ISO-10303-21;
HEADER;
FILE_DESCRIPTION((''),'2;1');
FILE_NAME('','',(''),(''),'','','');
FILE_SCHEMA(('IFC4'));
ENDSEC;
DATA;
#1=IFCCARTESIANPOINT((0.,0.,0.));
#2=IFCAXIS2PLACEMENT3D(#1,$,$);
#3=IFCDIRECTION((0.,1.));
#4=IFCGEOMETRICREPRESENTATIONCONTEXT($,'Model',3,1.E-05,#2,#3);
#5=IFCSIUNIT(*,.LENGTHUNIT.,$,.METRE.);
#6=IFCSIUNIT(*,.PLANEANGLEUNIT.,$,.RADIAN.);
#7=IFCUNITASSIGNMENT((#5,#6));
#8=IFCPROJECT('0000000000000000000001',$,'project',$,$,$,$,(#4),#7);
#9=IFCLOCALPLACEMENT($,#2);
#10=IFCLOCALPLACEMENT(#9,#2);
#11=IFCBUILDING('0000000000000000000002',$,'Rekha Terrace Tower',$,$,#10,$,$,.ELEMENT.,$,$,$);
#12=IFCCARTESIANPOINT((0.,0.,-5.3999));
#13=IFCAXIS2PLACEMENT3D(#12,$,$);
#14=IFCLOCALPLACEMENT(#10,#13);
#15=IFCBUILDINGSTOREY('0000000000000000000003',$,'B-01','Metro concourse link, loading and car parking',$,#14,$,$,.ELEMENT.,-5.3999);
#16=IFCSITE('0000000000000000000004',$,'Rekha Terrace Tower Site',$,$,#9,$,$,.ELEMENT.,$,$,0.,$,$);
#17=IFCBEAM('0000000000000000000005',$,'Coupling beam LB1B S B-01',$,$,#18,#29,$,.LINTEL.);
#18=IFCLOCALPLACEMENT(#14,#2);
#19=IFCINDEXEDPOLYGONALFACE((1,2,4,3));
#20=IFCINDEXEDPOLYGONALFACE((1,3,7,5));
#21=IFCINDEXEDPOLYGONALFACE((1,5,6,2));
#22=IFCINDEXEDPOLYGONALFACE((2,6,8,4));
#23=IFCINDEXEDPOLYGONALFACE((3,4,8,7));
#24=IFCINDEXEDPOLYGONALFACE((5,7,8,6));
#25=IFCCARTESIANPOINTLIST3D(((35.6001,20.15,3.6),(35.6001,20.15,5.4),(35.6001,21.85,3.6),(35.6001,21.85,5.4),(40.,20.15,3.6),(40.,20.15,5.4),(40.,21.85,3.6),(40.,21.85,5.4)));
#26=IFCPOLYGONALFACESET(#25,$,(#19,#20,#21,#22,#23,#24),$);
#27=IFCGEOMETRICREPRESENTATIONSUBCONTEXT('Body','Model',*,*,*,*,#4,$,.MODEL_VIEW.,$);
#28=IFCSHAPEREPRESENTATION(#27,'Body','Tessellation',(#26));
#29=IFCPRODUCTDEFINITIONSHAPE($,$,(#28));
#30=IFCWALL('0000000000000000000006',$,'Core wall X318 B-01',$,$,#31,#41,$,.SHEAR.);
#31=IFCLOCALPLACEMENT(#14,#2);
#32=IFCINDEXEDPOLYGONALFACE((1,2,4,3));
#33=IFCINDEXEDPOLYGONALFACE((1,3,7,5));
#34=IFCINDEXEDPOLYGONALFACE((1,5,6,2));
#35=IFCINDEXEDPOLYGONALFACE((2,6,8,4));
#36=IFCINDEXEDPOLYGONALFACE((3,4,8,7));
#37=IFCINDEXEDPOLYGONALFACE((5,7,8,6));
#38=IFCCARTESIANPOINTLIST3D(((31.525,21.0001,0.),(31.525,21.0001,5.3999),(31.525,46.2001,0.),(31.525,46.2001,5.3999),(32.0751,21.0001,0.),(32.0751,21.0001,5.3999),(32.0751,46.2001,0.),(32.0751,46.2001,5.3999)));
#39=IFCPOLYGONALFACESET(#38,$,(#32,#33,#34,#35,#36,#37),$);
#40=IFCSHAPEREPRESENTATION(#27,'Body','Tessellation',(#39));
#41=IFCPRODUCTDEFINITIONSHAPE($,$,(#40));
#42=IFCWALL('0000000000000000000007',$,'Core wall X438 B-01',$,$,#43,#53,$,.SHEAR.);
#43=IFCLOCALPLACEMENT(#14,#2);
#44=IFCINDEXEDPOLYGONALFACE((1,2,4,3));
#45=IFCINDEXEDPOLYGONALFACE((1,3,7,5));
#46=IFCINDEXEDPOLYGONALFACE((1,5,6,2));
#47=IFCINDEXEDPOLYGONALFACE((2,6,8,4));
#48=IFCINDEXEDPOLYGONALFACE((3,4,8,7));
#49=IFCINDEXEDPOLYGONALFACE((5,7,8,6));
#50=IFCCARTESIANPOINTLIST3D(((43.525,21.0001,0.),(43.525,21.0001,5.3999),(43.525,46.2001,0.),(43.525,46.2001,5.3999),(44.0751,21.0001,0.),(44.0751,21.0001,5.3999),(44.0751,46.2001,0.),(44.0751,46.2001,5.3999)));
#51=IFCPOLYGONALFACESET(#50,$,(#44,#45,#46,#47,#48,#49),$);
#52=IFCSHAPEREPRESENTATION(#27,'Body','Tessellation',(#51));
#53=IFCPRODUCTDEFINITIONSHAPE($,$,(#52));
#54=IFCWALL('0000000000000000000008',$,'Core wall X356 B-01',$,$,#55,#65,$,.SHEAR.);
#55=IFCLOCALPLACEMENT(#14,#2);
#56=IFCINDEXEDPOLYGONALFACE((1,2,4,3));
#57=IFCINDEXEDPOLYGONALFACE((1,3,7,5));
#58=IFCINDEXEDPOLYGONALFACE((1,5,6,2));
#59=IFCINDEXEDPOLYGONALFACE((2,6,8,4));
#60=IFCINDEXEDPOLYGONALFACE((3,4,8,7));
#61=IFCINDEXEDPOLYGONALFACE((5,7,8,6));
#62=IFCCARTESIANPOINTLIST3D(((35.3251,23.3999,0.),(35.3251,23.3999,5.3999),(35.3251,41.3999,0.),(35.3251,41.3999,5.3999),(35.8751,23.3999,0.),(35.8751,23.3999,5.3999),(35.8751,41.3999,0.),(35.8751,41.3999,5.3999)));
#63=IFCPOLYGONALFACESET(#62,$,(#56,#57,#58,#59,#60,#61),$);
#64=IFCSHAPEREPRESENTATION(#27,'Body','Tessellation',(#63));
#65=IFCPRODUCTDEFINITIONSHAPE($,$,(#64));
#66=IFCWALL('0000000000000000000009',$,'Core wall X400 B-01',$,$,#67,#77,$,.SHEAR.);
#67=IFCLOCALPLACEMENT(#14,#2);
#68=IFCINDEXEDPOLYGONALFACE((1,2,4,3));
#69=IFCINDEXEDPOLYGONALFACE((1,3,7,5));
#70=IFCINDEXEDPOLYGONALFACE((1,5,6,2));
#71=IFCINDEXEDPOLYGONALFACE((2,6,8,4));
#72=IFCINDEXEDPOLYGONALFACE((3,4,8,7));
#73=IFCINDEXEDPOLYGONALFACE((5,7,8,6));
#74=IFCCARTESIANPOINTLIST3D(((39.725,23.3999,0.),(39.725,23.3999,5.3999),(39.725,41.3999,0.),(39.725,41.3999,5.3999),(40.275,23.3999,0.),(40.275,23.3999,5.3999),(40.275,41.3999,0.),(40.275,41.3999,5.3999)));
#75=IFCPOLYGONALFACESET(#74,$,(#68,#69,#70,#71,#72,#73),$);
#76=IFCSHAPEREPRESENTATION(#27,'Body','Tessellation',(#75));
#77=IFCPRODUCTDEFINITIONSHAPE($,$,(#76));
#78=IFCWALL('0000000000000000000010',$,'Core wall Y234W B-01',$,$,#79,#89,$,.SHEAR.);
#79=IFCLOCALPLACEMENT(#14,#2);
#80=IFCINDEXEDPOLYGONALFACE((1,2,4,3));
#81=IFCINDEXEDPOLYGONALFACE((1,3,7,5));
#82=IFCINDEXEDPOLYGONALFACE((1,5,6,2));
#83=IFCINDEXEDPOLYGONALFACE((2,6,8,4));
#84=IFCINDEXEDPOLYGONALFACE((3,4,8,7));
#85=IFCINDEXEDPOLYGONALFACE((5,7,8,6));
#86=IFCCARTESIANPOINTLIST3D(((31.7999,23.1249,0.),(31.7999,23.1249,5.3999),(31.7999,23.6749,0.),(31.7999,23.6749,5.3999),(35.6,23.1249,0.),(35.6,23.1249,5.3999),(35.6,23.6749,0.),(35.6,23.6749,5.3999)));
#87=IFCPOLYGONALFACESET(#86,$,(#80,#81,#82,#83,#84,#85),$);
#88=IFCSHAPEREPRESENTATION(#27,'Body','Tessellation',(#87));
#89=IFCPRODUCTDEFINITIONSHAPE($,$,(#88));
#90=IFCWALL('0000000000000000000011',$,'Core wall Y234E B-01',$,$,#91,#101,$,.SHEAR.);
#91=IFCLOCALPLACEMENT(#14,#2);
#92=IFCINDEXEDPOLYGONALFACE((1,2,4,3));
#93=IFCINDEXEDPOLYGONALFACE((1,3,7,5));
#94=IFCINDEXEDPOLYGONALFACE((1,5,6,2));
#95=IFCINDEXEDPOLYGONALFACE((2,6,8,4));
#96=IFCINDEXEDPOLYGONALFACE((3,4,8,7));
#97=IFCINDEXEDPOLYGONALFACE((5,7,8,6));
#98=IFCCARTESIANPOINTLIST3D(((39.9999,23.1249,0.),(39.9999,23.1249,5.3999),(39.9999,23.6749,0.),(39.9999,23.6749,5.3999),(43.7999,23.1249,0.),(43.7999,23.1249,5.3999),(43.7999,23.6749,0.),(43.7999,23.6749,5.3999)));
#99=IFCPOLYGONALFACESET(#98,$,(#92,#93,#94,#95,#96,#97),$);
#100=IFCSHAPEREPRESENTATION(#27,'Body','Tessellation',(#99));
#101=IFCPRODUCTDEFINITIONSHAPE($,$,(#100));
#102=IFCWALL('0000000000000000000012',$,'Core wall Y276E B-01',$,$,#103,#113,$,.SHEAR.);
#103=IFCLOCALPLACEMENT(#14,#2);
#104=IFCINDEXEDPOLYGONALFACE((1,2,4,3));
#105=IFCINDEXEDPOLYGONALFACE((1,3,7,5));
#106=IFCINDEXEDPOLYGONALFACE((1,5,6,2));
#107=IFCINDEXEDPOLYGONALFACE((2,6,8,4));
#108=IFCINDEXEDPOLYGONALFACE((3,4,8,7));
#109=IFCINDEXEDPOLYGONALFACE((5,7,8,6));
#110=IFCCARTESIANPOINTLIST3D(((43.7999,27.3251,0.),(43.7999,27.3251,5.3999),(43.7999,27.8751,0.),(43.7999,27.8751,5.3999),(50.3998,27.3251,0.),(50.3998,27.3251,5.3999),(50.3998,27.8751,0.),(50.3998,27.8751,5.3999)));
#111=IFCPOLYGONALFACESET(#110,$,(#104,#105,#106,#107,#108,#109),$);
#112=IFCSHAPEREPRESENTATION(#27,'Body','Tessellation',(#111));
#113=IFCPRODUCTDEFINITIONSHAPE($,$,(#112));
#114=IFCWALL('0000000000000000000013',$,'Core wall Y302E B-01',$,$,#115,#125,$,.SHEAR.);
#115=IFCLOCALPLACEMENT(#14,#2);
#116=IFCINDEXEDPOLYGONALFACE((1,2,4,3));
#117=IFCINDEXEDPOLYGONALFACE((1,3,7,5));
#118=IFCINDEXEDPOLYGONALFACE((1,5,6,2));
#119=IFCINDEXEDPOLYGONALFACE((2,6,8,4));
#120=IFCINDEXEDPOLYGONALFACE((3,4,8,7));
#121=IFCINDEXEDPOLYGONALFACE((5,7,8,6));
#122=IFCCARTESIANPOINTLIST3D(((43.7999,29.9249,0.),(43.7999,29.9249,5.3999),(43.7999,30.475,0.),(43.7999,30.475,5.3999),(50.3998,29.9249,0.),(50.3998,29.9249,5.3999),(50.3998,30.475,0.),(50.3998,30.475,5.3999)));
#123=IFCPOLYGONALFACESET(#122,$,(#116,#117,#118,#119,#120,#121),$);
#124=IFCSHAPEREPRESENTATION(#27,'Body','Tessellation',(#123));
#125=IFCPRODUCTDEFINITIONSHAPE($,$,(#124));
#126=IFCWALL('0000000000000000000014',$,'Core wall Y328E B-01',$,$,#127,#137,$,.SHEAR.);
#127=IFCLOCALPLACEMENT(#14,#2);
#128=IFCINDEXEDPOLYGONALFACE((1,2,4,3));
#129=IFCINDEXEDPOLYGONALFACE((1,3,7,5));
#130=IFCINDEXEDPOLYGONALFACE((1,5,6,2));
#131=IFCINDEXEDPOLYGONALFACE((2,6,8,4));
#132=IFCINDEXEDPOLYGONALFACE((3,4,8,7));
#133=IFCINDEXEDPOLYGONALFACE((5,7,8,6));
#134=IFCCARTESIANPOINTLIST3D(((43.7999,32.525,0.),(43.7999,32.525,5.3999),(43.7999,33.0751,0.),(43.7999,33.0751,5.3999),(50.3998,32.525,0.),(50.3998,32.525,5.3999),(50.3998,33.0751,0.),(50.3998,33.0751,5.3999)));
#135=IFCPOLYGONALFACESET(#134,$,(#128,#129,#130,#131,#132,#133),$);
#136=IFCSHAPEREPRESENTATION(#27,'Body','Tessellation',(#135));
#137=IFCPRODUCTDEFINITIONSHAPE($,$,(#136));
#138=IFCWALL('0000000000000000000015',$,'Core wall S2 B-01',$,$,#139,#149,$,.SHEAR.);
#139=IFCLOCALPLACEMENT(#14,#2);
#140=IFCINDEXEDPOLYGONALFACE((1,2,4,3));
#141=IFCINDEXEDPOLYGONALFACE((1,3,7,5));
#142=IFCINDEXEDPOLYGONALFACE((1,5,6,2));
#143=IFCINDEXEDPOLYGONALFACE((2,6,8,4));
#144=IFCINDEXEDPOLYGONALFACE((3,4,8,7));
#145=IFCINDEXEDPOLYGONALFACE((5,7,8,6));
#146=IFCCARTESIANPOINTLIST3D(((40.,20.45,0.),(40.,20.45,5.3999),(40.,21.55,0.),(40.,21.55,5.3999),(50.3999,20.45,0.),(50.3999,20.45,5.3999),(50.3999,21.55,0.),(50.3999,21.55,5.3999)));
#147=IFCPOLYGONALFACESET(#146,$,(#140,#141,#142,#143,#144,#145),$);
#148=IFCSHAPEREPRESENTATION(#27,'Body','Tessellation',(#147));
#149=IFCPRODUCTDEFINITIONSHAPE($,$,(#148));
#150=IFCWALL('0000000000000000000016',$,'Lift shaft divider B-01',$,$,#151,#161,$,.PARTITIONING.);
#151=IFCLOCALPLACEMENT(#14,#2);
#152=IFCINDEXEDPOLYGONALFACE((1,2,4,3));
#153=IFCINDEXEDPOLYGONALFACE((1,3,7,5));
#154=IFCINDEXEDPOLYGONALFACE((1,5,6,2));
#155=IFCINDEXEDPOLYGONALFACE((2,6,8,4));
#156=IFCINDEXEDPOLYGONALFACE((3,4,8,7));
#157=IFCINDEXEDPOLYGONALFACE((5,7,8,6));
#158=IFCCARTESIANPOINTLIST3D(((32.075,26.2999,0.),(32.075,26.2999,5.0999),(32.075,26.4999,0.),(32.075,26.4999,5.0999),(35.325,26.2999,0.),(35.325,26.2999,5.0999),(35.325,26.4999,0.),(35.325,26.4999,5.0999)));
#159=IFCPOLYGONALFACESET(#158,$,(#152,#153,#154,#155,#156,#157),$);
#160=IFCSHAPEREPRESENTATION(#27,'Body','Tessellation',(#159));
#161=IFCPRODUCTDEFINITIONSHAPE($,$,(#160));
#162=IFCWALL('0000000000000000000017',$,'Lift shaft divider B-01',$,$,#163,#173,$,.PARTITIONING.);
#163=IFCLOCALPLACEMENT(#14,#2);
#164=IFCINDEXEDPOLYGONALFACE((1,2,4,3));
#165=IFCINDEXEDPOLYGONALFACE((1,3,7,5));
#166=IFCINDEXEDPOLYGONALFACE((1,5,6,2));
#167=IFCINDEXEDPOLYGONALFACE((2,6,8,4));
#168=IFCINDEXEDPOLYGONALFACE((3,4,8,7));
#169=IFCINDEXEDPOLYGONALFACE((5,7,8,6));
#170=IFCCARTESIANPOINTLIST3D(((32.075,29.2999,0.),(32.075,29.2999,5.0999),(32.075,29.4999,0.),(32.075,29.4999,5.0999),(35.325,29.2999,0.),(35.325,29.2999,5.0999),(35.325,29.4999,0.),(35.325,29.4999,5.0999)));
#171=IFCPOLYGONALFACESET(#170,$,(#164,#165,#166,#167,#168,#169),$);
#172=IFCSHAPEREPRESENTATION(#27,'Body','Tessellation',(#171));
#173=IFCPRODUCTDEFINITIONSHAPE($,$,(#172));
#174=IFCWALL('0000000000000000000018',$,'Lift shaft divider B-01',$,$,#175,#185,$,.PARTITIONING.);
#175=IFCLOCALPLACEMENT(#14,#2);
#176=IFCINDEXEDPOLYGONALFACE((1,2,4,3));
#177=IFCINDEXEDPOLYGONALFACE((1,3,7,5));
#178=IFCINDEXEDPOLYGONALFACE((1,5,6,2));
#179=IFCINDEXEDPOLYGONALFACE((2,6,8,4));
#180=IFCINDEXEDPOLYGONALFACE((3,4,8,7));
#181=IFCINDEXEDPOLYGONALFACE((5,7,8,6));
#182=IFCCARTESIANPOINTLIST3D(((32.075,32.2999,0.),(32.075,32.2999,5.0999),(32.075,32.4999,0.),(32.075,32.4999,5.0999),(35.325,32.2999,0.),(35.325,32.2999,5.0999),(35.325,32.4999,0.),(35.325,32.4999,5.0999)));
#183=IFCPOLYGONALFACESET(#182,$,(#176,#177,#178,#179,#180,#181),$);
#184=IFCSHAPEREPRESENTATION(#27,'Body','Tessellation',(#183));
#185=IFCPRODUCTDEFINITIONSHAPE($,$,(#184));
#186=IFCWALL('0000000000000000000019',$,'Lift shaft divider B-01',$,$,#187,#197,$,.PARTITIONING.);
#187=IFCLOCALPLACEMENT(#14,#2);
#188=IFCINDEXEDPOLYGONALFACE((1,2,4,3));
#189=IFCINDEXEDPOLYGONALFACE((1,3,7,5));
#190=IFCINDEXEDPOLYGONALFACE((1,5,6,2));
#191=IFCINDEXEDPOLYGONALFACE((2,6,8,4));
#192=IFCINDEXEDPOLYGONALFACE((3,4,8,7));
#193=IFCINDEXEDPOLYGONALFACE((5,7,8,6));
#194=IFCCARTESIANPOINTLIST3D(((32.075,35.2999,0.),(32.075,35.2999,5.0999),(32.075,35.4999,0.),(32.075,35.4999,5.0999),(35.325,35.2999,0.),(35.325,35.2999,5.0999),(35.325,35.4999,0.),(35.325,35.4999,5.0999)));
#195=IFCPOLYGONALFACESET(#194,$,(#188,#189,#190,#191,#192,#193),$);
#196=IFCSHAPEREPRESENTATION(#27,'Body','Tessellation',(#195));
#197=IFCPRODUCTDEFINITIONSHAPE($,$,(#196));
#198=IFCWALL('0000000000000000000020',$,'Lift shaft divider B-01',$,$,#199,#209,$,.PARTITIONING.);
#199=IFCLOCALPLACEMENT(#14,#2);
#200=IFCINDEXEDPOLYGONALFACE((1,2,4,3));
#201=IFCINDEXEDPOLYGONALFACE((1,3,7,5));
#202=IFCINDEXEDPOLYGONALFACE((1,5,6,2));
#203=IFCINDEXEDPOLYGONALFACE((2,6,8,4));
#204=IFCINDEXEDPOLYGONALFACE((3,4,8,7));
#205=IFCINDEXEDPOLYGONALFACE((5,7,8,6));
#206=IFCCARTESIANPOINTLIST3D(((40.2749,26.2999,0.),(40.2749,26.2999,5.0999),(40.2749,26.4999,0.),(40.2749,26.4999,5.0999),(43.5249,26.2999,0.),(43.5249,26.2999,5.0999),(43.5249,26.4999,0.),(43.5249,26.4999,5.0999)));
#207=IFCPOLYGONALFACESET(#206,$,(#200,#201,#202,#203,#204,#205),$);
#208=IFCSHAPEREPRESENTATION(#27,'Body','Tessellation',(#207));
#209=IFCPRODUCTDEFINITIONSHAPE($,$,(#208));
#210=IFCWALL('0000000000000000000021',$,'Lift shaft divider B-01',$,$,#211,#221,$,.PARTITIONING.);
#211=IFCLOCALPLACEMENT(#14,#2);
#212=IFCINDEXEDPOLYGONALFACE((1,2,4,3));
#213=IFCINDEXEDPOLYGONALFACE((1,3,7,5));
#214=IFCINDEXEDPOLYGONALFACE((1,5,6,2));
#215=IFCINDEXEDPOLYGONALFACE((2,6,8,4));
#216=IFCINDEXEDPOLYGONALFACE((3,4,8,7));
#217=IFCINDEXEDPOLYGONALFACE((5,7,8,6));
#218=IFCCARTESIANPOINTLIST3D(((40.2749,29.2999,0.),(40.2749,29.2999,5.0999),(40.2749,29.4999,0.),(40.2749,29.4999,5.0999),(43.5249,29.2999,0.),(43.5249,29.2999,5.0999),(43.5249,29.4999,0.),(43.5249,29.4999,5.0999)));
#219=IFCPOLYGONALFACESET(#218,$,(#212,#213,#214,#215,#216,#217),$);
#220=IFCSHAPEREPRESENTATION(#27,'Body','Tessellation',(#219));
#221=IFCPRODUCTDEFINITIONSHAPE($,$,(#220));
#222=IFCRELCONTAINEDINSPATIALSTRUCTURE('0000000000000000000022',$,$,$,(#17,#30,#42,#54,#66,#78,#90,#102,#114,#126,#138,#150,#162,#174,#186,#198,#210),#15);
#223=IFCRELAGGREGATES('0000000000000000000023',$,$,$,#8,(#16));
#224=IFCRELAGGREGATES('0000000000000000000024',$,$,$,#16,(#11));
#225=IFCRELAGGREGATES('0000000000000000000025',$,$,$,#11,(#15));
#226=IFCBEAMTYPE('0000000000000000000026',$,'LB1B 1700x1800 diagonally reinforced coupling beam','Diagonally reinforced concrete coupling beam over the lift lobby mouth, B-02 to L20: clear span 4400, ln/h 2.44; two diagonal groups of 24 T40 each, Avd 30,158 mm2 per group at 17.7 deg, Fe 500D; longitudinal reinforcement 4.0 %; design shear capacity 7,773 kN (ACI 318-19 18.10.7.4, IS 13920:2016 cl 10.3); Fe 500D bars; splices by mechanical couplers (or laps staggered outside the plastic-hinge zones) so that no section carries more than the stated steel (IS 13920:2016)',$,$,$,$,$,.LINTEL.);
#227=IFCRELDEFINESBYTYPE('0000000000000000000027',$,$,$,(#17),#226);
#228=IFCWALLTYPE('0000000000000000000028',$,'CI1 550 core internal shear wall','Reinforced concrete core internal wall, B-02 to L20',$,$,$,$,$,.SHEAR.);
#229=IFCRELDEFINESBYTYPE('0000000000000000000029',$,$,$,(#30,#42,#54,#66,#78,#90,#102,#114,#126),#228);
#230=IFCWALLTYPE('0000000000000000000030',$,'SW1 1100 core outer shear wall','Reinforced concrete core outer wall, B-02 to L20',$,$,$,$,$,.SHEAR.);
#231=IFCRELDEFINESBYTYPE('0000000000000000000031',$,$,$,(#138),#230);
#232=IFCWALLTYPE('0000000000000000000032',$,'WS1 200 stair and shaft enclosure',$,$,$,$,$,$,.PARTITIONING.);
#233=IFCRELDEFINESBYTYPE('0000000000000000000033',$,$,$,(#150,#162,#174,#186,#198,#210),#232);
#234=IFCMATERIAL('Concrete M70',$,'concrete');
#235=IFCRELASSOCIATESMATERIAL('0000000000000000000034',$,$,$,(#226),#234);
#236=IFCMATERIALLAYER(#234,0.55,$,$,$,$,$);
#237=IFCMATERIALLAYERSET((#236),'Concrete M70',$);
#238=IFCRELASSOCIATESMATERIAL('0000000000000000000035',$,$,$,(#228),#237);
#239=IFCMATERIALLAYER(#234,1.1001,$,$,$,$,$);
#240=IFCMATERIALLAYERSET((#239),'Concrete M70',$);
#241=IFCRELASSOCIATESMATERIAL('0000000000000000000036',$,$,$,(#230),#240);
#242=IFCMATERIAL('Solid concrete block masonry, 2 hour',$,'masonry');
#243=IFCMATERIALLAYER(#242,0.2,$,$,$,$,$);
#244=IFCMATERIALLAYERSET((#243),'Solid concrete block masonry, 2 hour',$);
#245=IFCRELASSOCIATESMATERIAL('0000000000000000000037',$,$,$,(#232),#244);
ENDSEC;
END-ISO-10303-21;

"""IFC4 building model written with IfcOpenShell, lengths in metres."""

from ifc_helpers import new_model, si_unit, direction, frame, frame_2d, origin, origin_2d, place, context, subcontext, project, spatial, rectangle, extrude, material, layer, layer_set, material_profile, profile_set, type_object, element, save


model = new_model("IFC4")

# Units and contexts
model_context = context("Model", 3, precision=1e-05, world=origin(), true_north=direction((0.0, 1.0)))
body_context = subcontext(model_context, "Body", "Model", "MODEL_VIEW")
ifc_project = project(units=[si_unit("LENGTHUNIT", "METRE"), si_unit("PLANEANGLEUNIT", "RADIAN")], contexts=[model_context])

# Site, building, storey
site_placement = place(None, origin())
site = spatial("IfcSite", under=ifc_project, at=site_placement, Name="Rekha Terrace Tower Site", CompositionType="ELEMENT", RefElevation=0.0)
building_placement = place(site_placement, origin())
building = spatial("IfcBuilding", under=site, at=building_placement, Name="Rekha Terrace Tower", CompositionType="ELEMENT")
storey_placement = place(building_placement, frame((0.0, 0.0, -5.3999)))
storey = spatial("IfcBuildingStorey", under=building, at=storey_placement, Name="B-01", Description="Metro concourse link, loading and car parking", CompositionType="ELEMENT", Elevation=-5.3999)

# Beam
ifc_material_1 = material(Name="Concrete M70", Category="concrete")
ifc_material_profile = material_profile(ifc_material_1, rectangle(XDim=1.7, YDim=1.8, at=origin_2d()), Name="RC 1700x1800")
ifc_profile_set = profile_set([ifc_material_profile], Name="Concrete M70")
beam_type = type_object("IfcBeamType", Name="LB1B 1700x1800 diagonally reinforced coupling beam", Description="Diagonally reinforced concrete coupling beam over the lift lobby mouth, B-02 to L20: clear span 4400, ln/h 2.44; two diagonal groups of 24 T40 each, Avd 30,158 mm2 per group at 17.7 deg, Fe 500D; longitudinal reinforcement 4.0 %; design shear capacity 7,773 kN (ACI 318-19 18.10.7.4, IS 13920:2016 cl 10.3); Fe 500D bars; splices by mechanical couplers (or laps staggered outside the plastic-hinge zones) so that no section carries more than the stated steel (IS 13920:2016)", PredefinedType="LINTEL", material=ifc_profile_set)
beam_placement = place(storey_placement, frame((35.6001, 21.0, 4.5), z_axis=(1.0, 0.0, 0.0), x_axis=(0.0, 1.0, 0.0)))
element("IfcBeam", 1, at=beam_placement, inside=storey, type_object=beam_type, Name="Coupling beam LB1B S B-01", PredefinedType="LINTEL", context=body_context, shape_type="SweptSolid", body=[
    extrude(rectangle(XDim=1.7, YDim=1.8, at=origin_2d()), origin(), (0.0, 0.0, 1.0), 4.3999),
])

# Walls
ifc_layer_1 = layer(ifc_material_1, 0.55)
ifc_layer_set_1 = layer_set([ifc_layer_1], Name="Concrete M70")
wall_type_1 = type_object("IfcWallType", Name="CI1 550 core internal shear wall", Description="Reinforced concrete core internal wall, B-02 to L20", PredefinedType="SHEAR", material=ifc_layer_set_1)
for number, where, z_axis, x_axis, name in (
    (2, (31.8, 21.0, 0.0), (0.0, 0.0, 1.0), (0.0, 1.0, 0.0), "Core wall X318 B-01"),
    (3, (43.8, 21.0, 0.0), (0.0, 0.0, 1.0), (0.0, 1.0, 0.0), "Core wall X438 B-01"),
):
    element("IfcWall", number, at=place(storey_placement, frame(where, z_axis=z_axis, x_axis=x_axis)), inside=storey, type_object=wall_type_1, Name=name, PredefinedType="SHEAR", context=body_context, shape_type="SweptSolid", body=[
        extrude(rectangle(XDim=25.2, YDim=0.55, at=frame_2d((12.6001, 0.0))), origin(), (0.0, 0.0, 1.0), 5.3999),
    ])
for number, where, z_axis, x_axis, name in (
    (4, (35.6001, 23.3999, 0.0), (0.0, 0.0, 1.0), (0.0, 1.0, 0.0), "Core wall X356 B-01"),
    (5, (40.0, 23.3999, 0.0), (0.0, 0.0, 1.0), (0.0, 1.0, 0.0), "Core wall X400 B-01"),
):
    element("IfcWall", number, at=place(storey_placement, frame(where, z_axis=z_axis, x_axis=x_axis)), inside=storey, type_object=wall_type_1, Name=name, PredefinedType="SHEAR", context=body_context, shape_type="SweptSolid", body=[
        extrude(rectangle(XDim=18.0, YDim=0.55, at=frame_2d((9.0, 0.0))), origin(), (0.0, 0.0, 1.0), 5.3999),
    ])
for number, where, z_axis, x_axis, name in (
    (6, (31.8, 23.3999, 0.0), (0.0, 0.0, 1.0), (1.0, 0.0, 0.0), "Core wall Y234W B-01"),
    (7, (40.0, 23.3999, 0.0), (0.0, 0.0, 1.0), (1.0, 0.0, 0.0), "Core wall Y234E B-01"),
):
    element("IfcWall", number, at=place(storey_placement, frame(where, z_axis=z_axis, x_axis=x_axis)), inside=storey, type_object=wall_type_1, Name=name, PredefinedType="SHEAR", context=body_context, shape_type="SweptSolid", body=[
        extrude(rectangle(XDim=3.8, YDim=0.55, at=frame_2d((1.8999, 0.0))), origin(), (0.0, 0.0, 1.0), 5.3999),
    ])
for number, where, z_axis, x_axis, name in (
    (8, (43.8, 27.6001, 0.0), (0.0, 0.0, 1.0), (1.0, 0.0, 0.0), "Core wall Y276E B-01"),
    (9, (43.8, 30.2, 0.0), (0.0, 0.0, 1.0), (1.0, 0.0, 0.0), "Core wall Y302E B-01"),
    (10, (43.8, 32.8, 0.0), (0.0, 0.0, 1.0), (1.0, 0.0, 0.0), "Core wall Y328E B-01"),
):
    element("IfcWall", number, at=place(storey_placement, frame(where, z_axis=z_axis, x_axis=x_axis)), inside=storey, type_object=wall_type_1, Name=name, PredefinedType="SHEAR", context=body_context, shape_type="SweptSolid", body=[
        extrude(rectangle(XDim=6.5999, YDim=0.55, at=frame_2d((3.2998, 0.0))), origin(), (0.0, 0.0, 1.0), 5.3999),
    ])
ifc_layer_2 = layer(ifc_material_1, 1.1001)
ifc_layer_set_2 = layer_set([ifc_layer_2], Name="Concrete M70")
wall_type_2 = type_object("IfcWallType", Name="SW1 1100 core outer shear wall", Description="Reinforced concrete core outer wall, B-02 to L20", PredefinedType="SHEAR", material=ifc_layer_set_2)
wall_1_placement = place(storey_placement, frame((40.0, 21.0, 0.0), z_axis=(0.0, 0.0, 1.0), x_axis=(1.0, 0.0, 0.0)))
element("IfcWall", 11, at=wall_1_placement, inside=storey, type_object=wall_type_2, Name="Core wall S2 B-01", PredefinedType="SHEAR", context=body_context, shape_type="SweptSolid", body=[
    extrude(rectangle(XDim=10.3999, YDim=1.1001, at=frame_2d((5.2, 0.0))), origin(), (0.0, 0.0, 1.0), 5.3999),
])
ifc_material_2 = material(Name="Solid concrete block masonry, 2 hour", Category="masonry")
ifc_layer_3 = layer(ifc_material_2, 0.2)
ifc_layer_set_3 = layer_set([ifc_layer_3], Name="Solid concrete block masonry, 2 hour")
wall_type_3 = type_object("IfcWallType", Name="WS1 200 stair and shaft enclosure", PredefinedType="PARTITIONING", material=ifc_layer_set_3)
for number, where, z_axis, x_axis, name in (
    (12, (32.075, 26.3999, 0.0), (0.0, 0.0, 1.0), (1.0, 0.0, 0.0), "Lift shaft divider B-01"),
    (13, (32.075, 29.3999, 0.0), (0.0, 0.0, 1.0), (1.0, 0.0, 0.0), "Lift shaft divider B-01"),
    (14, (32.075, 32.3999, 0.0), (0.0, 0.0, 1.0), (1.0, 0.0, 0.0), "Lift shaft divider B-01"),
    (15, (32.075, 35.3999, 0.0), (0.0, 0.0, 1.0), (1.0, 0.0, 0.0), "Lift shaft divider B-01"),
    (16, (40.2749, 26.3999, 0.0), (0.0, 0.0, 1.0), (1.0, 0.0, 0.0), "Lift shaft divider B-01"),
    (17, (40.2749, 29.3999, 0.0), (0.0, 0.0, 1.0), (1.0, 0.0, 0.0), "Lift shaft divider B-01"),
):
    element("IfcWall", number, at=place(storey_placement, frame(where, z_axis=z_axis, x_axis=x_axis)), inside=storey, type_object=wall_type_3, Name=name, PredefinedType="PARTITIONING", context=body_context, shape_type="SweptSolid", body=[
        extrude(rectangle(XDim=3.25, YDim=0.2, at=frame_2d((1.625, 0.0))), origin(), (0.0, 0.0, 1.0), 5.0999),
    ])

save(model, "model.ifc")
